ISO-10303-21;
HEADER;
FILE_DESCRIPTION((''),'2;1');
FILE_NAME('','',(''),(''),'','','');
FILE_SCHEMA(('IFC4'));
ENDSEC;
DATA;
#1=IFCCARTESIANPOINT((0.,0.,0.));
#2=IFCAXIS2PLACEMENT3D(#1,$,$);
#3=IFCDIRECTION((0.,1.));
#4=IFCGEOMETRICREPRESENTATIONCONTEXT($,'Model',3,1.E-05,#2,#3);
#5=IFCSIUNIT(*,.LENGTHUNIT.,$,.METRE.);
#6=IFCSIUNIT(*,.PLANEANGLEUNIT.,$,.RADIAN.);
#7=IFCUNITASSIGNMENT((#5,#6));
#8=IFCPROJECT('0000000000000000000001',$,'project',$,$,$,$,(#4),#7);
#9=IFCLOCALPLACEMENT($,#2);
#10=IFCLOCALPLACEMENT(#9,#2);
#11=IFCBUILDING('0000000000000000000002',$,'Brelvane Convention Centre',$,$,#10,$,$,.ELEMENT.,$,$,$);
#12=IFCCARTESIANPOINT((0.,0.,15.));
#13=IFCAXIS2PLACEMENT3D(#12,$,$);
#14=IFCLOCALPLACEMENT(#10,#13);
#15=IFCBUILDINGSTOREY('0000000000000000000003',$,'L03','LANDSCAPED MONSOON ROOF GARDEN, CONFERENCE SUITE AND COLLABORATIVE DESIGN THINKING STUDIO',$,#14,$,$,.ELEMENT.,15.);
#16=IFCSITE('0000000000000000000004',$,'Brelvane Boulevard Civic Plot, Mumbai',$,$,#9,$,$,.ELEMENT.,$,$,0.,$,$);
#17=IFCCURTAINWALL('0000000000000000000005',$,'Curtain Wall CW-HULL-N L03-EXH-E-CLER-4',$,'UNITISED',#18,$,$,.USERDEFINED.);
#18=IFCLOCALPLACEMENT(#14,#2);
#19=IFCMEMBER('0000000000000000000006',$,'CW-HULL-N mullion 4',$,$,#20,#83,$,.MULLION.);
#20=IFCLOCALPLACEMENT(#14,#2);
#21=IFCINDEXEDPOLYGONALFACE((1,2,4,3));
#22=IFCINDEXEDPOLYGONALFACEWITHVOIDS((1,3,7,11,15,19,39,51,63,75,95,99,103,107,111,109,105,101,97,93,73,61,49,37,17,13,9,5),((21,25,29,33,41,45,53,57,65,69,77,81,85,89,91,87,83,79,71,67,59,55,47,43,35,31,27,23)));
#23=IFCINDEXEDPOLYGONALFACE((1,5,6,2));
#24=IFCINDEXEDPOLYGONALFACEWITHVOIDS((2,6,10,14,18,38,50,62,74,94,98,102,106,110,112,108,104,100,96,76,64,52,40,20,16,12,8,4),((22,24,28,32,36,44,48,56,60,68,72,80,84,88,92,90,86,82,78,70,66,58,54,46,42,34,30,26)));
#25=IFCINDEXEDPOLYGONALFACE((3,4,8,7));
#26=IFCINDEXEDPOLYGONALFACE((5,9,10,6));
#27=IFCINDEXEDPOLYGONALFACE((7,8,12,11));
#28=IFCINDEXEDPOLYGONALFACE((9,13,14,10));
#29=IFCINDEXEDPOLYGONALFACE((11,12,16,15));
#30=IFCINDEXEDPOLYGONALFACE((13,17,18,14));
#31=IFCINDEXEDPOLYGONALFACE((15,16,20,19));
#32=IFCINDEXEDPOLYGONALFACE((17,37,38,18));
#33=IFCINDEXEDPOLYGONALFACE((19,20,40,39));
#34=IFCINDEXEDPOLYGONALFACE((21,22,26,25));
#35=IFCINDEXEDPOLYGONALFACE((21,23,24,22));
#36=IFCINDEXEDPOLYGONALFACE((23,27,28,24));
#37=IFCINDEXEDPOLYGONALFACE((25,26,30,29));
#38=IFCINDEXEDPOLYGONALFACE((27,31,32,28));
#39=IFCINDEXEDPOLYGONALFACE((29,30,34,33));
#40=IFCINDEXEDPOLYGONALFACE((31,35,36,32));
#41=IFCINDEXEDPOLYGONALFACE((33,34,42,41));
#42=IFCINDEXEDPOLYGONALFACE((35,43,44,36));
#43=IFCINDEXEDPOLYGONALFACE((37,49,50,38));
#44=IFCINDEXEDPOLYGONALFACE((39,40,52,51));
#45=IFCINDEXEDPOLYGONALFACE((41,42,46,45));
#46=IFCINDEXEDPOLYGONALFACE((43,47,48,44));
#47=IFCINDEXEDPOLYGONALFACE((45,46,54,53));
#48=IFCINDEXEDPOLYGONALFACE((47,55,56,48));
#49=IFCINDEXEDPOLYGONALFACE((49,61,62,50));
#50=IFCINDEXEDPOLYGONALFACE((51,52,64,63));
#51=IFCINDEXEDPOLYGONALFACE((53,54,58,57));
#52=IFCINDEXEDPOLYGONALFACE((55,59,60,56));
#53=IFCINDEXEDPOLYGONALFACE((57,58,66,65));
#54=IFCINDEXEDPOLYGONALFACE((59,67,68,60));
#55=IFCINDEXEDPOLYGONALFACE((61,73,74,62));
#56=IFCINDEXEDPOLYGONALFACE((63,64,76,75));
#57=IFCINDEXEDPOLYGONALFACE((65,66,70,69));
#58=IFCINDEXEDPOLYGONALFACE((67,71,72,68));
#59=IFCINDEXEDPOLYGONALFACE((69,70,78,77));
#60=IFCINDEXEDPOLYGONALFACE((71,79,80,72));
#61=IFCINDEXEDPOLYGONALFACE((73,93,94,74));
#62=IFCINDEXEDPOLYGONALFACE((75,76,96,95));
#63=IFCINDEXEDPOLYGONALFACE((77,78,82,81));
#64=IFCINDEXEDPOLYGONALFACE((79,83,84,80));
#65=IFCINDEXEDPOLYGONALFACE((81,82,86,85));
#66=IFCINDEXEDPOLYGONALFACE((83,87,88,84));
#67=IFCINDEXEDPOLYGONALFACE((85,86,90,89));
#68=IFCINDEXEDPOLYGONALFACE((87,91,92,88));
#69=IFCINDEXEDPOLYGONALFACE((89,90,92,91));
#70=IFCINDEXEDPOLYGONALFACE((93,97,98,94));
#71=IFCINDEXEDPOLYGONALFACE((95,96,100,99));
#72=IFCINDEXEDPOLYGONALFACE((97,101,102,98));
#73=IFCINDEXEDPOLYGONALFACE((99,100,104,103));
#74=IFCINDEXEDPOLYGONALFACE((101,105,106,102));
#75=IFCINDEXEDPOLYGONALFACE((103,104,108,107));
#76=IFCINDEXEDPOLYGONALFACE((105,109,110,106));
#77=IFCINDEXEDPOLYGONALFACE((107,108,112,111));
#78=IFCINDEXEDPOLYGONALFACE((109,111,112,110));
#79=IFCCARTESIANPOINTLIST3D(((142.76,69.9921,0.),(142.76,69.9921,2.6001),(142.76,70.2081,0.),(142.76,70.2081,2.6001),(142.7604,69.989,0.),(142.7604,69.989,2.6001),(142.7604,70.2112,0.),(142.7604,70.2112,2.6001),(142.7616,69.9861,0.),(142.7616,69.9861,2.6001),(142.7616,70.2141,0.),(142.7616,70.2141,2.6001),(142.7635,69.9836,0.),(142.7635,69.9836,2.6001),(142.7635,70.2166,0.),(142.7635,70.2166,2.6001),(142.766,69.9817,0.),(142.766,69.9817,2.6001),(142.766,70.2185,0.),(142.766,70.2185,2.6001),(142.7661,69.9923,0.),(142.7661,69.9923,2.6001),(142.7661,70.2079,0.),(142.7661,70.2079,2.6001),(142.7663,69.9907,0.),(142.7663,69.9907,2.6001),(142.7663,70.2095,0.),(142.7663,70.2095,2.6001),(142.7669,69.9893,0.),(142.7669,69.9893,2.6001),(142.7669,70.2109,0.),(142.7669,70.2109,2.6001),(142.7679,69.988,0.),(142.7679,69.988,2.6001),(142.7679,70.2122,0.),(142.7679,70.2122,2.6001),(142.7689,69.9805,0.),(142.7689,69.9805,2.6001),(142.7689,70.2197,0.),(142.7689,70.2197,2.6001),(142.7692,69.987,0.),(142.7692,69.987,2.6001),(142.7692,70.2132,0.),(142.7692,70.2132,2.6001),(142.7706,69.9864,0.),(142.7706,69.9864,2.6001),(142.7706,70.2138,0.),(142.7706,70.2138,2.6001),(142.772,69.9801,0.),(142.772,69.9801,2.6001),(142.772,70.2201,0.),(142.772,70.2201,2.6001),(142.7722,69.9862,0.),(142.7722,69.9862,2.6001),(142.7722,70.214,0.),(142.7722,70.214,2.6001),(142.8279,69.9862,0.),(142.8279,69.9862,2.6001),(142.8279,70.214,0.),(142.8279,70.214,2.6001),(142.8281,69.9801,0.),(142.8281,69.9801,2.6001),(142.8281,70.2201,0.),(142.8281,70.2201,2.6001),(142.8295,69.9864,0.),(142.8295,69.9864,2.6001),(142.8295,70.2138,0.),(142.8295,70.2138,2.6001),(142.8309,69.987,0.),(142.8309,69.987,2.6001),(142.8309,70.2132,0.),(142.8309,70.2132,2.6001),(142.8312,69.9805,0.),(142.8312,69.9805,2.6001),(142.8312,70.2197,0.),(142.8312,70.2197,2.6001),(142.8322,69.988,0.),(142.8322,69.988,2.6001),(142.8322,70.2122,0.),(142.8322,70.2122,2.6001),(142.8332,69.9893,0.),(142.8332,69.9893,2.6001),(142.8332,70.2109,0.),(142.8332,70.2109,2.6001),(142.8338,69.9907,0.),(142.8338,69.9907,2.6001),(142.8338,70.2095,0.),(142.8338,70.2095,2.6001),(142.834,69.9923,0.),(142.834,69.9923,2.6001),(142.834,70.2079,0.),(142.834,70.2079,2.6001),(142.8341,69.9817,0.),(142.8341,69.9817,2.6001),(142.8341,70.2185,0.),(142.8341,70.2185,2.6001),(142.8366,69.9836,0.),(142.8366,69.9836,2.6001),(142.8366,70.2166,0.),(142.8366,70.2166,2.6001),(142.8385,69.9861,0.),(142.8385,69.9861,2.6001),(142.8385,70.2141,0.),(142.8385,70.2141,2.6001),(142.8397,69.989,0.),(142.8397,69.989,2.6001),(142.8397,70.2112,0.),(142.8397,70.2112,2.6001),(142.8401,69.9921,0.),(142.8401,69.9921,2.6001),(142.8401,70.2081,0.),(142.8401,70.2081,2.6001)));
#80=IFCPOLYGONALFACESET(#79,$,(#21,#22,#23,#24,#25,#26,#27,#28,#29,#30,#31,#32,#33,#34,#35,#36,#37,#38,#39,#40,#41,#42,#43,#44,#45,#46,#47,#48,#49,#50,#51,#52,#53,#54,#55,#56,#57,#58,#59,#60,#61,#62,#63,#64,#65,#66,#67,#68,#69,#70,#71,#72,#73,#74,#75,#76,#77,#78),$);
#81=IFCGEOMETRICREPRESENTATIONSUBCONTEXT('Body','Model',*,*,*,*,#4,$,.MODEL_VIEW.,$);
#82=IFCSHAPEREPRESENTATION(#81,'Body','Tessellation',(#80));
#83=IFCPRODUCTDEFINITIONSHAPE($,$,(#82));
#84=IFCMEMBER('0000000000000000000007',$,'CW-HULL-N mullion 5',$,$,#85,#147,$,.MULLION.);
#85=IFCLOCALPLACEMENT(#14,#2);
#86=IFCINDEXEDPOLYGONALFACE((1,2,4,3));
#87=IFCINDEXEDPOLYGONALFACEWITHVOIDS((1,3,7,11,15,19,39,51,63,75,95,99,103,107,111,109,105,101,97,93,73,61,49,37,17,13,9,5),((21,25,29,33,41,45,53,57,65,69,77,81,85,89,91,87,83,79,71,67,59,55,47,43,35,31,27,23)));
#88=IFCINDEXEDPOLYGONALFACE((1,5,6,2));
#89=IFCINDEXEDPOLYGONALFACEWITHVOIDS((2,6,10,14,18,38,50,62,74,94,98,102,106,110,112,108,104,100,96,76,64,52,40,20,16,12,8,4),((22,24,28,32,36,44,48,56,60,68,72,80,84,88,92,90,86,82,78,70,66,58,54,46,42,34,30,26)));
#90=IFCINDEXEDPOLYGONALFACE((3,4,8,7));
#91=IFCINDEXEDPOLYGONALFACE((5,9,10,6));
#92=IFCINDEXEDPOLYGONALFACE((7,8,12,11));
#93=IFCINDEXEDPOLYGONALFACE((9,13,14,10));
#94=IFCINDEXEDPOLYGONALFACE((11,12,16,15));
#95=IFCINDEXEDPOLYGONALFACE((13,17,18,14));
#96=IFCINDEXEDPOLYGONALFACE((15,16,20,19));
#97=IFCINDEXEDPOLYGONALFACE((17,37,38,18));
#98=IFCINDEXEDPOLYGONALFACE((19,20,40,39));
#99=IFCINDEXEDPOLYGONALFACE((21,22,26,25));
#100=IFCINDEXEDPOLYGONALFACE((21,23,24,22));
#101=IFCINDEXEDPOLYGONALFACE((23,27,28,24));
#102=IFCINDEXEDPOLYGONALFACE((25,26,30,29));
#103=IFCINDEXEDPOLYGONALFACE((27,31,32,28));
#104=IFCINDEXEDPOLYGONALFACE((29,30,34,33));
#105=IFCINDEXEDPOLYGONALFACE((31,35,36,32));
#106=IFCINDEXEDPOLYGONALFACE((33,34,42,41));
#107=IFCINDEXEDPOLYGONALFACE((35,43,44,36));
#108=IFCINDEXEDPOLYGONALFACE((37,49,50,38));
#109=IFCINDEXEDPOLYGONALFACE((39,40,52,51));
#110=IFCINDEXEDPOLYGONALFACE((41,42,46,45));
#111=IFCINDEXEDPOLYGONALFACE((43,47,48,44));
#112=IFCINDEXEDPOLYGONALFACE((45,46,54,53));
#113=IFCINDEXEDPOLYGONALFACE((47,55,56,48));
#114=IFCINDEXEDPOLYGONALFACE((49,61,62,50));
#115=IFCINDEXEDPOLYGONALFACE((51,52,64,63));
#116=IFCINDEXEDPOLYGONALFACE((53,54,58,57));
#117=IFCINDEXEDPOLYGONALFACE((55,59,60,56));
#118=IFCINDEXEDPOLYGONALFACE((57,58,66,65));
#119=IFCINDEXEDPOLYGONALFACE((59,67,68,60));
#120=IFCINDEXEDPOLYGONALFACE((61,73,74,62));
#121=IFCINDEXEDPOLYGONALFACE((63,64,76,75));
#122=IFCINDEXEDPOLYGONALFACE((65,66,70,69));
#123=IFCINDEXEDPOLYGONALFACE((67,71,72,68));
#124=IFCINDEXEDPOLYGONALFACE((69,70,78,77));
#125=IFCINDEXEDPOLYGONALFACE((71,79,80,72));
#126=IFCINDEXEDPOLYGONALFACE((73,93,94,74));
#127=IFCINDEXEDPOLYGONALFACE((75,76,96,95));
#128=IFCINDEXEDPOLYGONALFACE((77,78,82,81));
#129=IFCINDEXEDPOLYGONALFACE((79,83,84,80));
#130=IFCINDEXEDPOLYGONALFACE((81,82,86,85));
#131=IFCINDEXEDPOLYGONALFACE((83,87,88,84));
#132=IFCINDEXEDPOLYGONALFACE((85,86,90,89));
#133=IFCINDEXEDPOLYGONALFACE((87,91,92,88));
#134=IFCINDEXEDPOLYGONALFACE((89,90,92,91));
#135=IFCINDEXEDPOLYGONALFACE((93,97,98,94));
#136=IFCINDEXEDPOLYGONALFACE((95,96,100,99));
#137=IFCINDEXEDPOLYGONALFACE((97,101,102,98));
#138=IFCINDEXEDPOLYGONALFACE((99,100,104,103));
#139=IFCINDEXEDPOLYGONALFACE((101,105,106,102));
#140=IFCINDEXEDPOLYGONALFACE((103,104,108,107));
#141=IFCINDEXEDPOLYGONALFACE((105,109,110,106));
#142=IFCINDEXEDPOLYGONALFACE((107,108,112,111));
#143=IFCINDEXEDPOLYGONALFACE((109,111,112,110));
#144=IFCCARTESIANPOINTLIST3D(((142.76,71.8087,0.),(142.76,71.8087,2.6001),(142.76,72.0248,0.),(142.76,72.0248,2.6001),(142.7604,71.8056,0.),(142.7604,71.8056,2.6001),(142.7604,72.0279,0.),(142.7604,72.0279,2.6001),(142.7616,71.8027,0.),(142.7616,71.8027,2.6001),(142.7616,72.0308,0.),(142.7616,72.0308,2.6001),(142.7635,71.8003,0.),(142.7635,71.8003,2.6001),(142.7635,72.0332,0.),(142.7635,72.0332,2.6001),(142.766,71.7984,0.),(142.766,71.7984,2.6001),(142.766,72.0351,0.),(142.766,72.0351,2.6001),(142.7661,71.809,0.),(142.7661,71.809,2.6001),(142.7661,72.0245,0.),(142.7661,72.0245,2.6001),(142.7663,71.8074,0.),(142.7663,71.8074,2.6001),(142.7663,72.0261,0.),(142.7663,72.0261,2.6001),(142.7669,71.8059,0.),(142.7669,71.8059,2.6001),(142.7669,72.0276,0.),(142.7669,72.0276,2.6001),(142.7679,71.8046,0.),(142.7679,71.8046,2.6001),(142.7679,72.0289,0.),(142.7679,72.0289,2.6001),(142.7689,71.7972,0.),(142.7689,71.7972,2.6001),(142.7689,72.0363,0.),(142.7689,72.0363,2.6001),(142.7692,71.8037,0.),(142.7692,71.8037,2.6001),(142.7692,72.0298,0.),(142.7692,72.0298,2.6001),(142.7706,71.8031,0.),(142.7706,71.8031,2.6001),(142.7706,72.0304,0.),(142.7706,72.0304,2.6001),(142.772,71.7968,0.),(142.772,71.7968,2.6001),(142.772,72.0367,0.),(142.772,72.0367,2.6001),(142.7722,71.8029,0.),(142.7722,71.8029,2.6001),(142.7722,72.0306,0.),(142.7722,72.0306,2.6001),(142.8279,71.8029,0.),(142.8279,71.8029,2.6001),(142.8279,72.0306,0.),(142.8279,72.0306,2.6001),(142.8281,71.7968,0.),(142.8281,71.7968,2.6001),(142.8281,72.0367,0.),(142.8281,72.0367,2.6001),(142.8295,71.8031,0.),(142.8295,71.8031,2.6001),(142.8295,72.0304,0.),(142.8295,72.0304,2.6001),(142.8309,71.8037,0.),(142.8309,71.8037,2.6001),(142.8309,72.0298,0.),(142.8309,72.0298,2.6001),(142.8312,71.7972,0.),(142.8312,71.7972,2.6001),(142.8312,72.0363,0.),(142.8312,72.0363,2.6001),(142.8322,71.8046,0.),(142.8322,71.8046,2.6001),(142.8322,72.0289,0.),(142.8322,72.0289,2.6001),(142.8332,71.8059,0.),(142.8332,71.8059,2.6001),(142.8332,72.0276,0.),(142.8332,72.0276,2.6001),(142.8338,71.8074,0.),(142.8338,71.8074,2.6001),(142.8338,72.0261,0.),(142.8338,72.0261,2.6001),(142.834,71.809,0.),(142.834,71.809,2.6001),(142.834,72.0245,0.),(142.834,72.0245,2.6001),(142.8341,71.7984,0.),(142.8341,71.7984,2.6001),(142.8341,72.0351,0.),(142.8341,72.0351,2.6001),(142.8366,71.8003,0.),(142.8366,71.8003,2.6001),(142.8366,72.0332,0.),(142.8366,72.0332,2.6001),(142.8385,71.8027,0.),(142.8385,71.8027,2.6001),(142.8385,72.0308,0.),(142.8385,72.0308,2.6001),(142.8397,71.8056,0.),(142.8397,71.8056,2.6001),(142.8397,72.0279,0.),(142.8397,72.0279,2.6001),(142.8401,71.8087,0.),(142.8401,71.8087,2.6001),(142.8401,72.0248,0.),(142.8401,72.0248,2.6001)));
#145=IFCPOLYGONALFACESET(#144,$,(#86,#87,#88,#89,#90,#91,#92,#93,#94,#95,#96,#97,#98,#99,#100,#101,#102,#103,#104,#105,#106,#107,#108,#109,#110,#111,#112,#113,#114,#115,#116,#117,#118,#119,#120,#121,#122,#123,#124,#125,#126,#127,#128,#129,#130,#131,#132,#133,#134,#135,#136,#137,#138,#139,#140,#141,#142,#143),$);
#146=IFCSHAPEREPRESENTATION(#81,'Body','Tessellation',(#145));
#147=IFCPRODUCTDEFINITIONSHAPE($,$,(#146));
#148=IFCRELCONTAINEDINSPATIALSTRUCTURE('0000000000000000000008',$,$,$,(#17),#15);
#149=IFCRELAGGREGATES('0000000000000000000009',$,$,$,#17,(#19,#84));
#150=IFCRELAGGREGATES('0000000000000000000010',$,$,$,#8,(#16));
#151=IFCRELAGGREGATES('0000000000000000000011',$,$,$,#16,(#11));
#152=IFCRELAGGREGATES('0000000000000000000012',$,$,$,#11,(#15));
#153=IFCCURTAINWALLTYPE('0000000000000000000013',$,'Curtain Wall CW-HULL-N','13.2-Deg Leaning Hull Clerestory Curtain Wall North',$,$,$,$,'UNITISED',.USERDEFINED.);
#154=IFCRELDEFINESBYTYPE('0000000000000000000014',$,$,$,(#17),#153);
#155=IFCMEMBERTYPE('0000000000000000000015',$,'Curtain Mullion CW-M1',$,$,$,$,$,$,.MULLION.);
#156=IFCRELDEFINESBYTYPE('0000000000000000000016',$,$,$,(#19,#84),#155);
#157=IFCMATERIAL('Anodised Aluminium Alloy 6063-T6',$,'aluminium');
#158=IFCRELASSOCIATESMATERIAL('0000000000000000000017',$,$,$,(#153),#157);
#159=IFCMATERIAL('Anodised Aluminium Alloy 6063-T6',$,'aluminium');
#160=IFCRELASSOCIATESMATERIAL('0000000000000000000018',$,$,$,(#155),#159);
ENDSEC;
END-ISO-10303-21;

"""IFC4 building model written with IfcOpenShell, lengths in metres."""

from ifc_helpers import new_model, si_unit, direction, frame, origin, origin_2d, place, context, subcontext, project, spatial, hollow_rectangle, extrude, material, material_profile, profile_set, type_object, element, aggregate, save


model = new_model("IFC4")

# Units and contexts
model_context = context("Model", 3, precision=1e-05, world=origin(), true_north=direction((0.0, 1.0)))
body_context = subcontext(model_context, "Body", "Model", "MODEL_VIEW")
ifc_project = project(units=[si_unit("LENGTHUNIT", "METRE"), si_unit("PLANEANGLEUNIT", "RADIAN")], contexts=[model_context])

# Site, building, storey
site_placement = place(None, origin())
site = spatial("IfcSite", under=ifc_project, at=site_placement, Name="Brelvane Boulevard Civic Plot, Mumbai", CompositionType="ELEMENT", RefElevation=0.0)
building_placement = place(site_placement, origin())
building = spatial("IfcBuilding", under=site, at=building_placement, Name="Brelvane Convention Centre", CompositionType="ELEMENT")
storey_placement = place(building_placement, frame((0.0, 0.0, 15.0)))
storey = spatial("IfcBuildingStorey", under=building, at=storey_placement, Name="L03", Description="LANDSCAPED MONSOON ROOF GARDEN, CONFERENCE SUITE AND COLLABORATIVE DESIGN THINKING STUDIO", CompositionType="ELEMENT", Elevation=15.0)

# Curtain wall, members
ifc_material_1 = material(Name="Anodised Aluminium Alloy 6063-T6", Category="aluminium")
curtain_wall_type = type_object("IfcCurtainWallType", Name="Curtain Wall CW-HULL-N", Description="13.2-Deg Leaning Hull Clerestory Curtain Wall North", ElementType="UNITISED", PredefinedType="USERDEFINED", material=ifc_material_1)
curtain_wall_placement = place(storey_placement, origin())
curtain_wall = element("IfcCurtainWall", 1, at=curtain_wall_placement, inside=storey, type_object=curtain_wall_type, Name="Curtain Wall CW-HULL-N L03-EXH-E-CLER-4", ObjectType="UNITISED", PredefinedType="USERDEFINED")
ifc_material_2 = material(Name="Anodised Aluminium Alloy 6063-T6", Category="aluminium")
ifc_material_profile_1 = material_profile(ifc_material_2, hollow_rectangle(XDim=0.0801, YDim=0.24, WallThickness=0.0061, InnerFilletRadius=0.0061, OuterFilletRadius=0.012, at=origin_2d()), Name="ALU-M 240x80x6.0")
ifc_profile_set_1 = profile_set([ifc_material_profile_1], Name="Anodised Aluminium Alloy 6063-T6")
member_type_1 = type_object("IfcMemberType", Name="Curtain Mullion CW-M1", PredefinedType="MULLION", material=ifc_profile_set_1)
member_1_placement = place(storey_placement, frame((142.8, 70.1001, 0.0), z_axis=(0.0, 0.0, 1.0), x_axis=(-1.0, 0.0, 0.0)))
member_1 = element("IfcMember", 2, at=member_1_placement, type_object=member_type_1, Name="CW-HULL-N mullion 4", PredefinedType="MULLION", context=body_context, shape_type="SweptSolid", body=[
    extrude(hollow_rectangle(XDim=0.0801, YDim=0.24, WallThickness=0.0061, InnerFilletRadius=0.0061, OuterFilletRadius=0.012, at=origin_2d()), origin(), (0.0, 0.0, 1.0), 2.6001),
])
member_2_placement = place(storey_placement, frame((142.8, 71.9167, 0.0), z_axis=(0.0, 0.0, 1.0), x_axis=(-1.0, 0.0, 0.0)))
member_2 = element("IfcMember", 3, at=member_2_placement, type_object=member_type_1, Name="CW-HULL-N mullion 5", PredefinedType="MULLION", context=body_context, shape_type="SweptSolid", body=[
    extrude(hollow_rectangle(XDim=0.0801, YDim=0.24, WallThickness=0.0061, InnerFilletRadius=0.0061, OuterFilletRadius=0.012, at=origin_2d()), origin(), (0.0, 0.0, 1.0), 2.6001),
])

aggregate(curtain_wall, [member_1, member_2])

save(model, "model.ifc")
